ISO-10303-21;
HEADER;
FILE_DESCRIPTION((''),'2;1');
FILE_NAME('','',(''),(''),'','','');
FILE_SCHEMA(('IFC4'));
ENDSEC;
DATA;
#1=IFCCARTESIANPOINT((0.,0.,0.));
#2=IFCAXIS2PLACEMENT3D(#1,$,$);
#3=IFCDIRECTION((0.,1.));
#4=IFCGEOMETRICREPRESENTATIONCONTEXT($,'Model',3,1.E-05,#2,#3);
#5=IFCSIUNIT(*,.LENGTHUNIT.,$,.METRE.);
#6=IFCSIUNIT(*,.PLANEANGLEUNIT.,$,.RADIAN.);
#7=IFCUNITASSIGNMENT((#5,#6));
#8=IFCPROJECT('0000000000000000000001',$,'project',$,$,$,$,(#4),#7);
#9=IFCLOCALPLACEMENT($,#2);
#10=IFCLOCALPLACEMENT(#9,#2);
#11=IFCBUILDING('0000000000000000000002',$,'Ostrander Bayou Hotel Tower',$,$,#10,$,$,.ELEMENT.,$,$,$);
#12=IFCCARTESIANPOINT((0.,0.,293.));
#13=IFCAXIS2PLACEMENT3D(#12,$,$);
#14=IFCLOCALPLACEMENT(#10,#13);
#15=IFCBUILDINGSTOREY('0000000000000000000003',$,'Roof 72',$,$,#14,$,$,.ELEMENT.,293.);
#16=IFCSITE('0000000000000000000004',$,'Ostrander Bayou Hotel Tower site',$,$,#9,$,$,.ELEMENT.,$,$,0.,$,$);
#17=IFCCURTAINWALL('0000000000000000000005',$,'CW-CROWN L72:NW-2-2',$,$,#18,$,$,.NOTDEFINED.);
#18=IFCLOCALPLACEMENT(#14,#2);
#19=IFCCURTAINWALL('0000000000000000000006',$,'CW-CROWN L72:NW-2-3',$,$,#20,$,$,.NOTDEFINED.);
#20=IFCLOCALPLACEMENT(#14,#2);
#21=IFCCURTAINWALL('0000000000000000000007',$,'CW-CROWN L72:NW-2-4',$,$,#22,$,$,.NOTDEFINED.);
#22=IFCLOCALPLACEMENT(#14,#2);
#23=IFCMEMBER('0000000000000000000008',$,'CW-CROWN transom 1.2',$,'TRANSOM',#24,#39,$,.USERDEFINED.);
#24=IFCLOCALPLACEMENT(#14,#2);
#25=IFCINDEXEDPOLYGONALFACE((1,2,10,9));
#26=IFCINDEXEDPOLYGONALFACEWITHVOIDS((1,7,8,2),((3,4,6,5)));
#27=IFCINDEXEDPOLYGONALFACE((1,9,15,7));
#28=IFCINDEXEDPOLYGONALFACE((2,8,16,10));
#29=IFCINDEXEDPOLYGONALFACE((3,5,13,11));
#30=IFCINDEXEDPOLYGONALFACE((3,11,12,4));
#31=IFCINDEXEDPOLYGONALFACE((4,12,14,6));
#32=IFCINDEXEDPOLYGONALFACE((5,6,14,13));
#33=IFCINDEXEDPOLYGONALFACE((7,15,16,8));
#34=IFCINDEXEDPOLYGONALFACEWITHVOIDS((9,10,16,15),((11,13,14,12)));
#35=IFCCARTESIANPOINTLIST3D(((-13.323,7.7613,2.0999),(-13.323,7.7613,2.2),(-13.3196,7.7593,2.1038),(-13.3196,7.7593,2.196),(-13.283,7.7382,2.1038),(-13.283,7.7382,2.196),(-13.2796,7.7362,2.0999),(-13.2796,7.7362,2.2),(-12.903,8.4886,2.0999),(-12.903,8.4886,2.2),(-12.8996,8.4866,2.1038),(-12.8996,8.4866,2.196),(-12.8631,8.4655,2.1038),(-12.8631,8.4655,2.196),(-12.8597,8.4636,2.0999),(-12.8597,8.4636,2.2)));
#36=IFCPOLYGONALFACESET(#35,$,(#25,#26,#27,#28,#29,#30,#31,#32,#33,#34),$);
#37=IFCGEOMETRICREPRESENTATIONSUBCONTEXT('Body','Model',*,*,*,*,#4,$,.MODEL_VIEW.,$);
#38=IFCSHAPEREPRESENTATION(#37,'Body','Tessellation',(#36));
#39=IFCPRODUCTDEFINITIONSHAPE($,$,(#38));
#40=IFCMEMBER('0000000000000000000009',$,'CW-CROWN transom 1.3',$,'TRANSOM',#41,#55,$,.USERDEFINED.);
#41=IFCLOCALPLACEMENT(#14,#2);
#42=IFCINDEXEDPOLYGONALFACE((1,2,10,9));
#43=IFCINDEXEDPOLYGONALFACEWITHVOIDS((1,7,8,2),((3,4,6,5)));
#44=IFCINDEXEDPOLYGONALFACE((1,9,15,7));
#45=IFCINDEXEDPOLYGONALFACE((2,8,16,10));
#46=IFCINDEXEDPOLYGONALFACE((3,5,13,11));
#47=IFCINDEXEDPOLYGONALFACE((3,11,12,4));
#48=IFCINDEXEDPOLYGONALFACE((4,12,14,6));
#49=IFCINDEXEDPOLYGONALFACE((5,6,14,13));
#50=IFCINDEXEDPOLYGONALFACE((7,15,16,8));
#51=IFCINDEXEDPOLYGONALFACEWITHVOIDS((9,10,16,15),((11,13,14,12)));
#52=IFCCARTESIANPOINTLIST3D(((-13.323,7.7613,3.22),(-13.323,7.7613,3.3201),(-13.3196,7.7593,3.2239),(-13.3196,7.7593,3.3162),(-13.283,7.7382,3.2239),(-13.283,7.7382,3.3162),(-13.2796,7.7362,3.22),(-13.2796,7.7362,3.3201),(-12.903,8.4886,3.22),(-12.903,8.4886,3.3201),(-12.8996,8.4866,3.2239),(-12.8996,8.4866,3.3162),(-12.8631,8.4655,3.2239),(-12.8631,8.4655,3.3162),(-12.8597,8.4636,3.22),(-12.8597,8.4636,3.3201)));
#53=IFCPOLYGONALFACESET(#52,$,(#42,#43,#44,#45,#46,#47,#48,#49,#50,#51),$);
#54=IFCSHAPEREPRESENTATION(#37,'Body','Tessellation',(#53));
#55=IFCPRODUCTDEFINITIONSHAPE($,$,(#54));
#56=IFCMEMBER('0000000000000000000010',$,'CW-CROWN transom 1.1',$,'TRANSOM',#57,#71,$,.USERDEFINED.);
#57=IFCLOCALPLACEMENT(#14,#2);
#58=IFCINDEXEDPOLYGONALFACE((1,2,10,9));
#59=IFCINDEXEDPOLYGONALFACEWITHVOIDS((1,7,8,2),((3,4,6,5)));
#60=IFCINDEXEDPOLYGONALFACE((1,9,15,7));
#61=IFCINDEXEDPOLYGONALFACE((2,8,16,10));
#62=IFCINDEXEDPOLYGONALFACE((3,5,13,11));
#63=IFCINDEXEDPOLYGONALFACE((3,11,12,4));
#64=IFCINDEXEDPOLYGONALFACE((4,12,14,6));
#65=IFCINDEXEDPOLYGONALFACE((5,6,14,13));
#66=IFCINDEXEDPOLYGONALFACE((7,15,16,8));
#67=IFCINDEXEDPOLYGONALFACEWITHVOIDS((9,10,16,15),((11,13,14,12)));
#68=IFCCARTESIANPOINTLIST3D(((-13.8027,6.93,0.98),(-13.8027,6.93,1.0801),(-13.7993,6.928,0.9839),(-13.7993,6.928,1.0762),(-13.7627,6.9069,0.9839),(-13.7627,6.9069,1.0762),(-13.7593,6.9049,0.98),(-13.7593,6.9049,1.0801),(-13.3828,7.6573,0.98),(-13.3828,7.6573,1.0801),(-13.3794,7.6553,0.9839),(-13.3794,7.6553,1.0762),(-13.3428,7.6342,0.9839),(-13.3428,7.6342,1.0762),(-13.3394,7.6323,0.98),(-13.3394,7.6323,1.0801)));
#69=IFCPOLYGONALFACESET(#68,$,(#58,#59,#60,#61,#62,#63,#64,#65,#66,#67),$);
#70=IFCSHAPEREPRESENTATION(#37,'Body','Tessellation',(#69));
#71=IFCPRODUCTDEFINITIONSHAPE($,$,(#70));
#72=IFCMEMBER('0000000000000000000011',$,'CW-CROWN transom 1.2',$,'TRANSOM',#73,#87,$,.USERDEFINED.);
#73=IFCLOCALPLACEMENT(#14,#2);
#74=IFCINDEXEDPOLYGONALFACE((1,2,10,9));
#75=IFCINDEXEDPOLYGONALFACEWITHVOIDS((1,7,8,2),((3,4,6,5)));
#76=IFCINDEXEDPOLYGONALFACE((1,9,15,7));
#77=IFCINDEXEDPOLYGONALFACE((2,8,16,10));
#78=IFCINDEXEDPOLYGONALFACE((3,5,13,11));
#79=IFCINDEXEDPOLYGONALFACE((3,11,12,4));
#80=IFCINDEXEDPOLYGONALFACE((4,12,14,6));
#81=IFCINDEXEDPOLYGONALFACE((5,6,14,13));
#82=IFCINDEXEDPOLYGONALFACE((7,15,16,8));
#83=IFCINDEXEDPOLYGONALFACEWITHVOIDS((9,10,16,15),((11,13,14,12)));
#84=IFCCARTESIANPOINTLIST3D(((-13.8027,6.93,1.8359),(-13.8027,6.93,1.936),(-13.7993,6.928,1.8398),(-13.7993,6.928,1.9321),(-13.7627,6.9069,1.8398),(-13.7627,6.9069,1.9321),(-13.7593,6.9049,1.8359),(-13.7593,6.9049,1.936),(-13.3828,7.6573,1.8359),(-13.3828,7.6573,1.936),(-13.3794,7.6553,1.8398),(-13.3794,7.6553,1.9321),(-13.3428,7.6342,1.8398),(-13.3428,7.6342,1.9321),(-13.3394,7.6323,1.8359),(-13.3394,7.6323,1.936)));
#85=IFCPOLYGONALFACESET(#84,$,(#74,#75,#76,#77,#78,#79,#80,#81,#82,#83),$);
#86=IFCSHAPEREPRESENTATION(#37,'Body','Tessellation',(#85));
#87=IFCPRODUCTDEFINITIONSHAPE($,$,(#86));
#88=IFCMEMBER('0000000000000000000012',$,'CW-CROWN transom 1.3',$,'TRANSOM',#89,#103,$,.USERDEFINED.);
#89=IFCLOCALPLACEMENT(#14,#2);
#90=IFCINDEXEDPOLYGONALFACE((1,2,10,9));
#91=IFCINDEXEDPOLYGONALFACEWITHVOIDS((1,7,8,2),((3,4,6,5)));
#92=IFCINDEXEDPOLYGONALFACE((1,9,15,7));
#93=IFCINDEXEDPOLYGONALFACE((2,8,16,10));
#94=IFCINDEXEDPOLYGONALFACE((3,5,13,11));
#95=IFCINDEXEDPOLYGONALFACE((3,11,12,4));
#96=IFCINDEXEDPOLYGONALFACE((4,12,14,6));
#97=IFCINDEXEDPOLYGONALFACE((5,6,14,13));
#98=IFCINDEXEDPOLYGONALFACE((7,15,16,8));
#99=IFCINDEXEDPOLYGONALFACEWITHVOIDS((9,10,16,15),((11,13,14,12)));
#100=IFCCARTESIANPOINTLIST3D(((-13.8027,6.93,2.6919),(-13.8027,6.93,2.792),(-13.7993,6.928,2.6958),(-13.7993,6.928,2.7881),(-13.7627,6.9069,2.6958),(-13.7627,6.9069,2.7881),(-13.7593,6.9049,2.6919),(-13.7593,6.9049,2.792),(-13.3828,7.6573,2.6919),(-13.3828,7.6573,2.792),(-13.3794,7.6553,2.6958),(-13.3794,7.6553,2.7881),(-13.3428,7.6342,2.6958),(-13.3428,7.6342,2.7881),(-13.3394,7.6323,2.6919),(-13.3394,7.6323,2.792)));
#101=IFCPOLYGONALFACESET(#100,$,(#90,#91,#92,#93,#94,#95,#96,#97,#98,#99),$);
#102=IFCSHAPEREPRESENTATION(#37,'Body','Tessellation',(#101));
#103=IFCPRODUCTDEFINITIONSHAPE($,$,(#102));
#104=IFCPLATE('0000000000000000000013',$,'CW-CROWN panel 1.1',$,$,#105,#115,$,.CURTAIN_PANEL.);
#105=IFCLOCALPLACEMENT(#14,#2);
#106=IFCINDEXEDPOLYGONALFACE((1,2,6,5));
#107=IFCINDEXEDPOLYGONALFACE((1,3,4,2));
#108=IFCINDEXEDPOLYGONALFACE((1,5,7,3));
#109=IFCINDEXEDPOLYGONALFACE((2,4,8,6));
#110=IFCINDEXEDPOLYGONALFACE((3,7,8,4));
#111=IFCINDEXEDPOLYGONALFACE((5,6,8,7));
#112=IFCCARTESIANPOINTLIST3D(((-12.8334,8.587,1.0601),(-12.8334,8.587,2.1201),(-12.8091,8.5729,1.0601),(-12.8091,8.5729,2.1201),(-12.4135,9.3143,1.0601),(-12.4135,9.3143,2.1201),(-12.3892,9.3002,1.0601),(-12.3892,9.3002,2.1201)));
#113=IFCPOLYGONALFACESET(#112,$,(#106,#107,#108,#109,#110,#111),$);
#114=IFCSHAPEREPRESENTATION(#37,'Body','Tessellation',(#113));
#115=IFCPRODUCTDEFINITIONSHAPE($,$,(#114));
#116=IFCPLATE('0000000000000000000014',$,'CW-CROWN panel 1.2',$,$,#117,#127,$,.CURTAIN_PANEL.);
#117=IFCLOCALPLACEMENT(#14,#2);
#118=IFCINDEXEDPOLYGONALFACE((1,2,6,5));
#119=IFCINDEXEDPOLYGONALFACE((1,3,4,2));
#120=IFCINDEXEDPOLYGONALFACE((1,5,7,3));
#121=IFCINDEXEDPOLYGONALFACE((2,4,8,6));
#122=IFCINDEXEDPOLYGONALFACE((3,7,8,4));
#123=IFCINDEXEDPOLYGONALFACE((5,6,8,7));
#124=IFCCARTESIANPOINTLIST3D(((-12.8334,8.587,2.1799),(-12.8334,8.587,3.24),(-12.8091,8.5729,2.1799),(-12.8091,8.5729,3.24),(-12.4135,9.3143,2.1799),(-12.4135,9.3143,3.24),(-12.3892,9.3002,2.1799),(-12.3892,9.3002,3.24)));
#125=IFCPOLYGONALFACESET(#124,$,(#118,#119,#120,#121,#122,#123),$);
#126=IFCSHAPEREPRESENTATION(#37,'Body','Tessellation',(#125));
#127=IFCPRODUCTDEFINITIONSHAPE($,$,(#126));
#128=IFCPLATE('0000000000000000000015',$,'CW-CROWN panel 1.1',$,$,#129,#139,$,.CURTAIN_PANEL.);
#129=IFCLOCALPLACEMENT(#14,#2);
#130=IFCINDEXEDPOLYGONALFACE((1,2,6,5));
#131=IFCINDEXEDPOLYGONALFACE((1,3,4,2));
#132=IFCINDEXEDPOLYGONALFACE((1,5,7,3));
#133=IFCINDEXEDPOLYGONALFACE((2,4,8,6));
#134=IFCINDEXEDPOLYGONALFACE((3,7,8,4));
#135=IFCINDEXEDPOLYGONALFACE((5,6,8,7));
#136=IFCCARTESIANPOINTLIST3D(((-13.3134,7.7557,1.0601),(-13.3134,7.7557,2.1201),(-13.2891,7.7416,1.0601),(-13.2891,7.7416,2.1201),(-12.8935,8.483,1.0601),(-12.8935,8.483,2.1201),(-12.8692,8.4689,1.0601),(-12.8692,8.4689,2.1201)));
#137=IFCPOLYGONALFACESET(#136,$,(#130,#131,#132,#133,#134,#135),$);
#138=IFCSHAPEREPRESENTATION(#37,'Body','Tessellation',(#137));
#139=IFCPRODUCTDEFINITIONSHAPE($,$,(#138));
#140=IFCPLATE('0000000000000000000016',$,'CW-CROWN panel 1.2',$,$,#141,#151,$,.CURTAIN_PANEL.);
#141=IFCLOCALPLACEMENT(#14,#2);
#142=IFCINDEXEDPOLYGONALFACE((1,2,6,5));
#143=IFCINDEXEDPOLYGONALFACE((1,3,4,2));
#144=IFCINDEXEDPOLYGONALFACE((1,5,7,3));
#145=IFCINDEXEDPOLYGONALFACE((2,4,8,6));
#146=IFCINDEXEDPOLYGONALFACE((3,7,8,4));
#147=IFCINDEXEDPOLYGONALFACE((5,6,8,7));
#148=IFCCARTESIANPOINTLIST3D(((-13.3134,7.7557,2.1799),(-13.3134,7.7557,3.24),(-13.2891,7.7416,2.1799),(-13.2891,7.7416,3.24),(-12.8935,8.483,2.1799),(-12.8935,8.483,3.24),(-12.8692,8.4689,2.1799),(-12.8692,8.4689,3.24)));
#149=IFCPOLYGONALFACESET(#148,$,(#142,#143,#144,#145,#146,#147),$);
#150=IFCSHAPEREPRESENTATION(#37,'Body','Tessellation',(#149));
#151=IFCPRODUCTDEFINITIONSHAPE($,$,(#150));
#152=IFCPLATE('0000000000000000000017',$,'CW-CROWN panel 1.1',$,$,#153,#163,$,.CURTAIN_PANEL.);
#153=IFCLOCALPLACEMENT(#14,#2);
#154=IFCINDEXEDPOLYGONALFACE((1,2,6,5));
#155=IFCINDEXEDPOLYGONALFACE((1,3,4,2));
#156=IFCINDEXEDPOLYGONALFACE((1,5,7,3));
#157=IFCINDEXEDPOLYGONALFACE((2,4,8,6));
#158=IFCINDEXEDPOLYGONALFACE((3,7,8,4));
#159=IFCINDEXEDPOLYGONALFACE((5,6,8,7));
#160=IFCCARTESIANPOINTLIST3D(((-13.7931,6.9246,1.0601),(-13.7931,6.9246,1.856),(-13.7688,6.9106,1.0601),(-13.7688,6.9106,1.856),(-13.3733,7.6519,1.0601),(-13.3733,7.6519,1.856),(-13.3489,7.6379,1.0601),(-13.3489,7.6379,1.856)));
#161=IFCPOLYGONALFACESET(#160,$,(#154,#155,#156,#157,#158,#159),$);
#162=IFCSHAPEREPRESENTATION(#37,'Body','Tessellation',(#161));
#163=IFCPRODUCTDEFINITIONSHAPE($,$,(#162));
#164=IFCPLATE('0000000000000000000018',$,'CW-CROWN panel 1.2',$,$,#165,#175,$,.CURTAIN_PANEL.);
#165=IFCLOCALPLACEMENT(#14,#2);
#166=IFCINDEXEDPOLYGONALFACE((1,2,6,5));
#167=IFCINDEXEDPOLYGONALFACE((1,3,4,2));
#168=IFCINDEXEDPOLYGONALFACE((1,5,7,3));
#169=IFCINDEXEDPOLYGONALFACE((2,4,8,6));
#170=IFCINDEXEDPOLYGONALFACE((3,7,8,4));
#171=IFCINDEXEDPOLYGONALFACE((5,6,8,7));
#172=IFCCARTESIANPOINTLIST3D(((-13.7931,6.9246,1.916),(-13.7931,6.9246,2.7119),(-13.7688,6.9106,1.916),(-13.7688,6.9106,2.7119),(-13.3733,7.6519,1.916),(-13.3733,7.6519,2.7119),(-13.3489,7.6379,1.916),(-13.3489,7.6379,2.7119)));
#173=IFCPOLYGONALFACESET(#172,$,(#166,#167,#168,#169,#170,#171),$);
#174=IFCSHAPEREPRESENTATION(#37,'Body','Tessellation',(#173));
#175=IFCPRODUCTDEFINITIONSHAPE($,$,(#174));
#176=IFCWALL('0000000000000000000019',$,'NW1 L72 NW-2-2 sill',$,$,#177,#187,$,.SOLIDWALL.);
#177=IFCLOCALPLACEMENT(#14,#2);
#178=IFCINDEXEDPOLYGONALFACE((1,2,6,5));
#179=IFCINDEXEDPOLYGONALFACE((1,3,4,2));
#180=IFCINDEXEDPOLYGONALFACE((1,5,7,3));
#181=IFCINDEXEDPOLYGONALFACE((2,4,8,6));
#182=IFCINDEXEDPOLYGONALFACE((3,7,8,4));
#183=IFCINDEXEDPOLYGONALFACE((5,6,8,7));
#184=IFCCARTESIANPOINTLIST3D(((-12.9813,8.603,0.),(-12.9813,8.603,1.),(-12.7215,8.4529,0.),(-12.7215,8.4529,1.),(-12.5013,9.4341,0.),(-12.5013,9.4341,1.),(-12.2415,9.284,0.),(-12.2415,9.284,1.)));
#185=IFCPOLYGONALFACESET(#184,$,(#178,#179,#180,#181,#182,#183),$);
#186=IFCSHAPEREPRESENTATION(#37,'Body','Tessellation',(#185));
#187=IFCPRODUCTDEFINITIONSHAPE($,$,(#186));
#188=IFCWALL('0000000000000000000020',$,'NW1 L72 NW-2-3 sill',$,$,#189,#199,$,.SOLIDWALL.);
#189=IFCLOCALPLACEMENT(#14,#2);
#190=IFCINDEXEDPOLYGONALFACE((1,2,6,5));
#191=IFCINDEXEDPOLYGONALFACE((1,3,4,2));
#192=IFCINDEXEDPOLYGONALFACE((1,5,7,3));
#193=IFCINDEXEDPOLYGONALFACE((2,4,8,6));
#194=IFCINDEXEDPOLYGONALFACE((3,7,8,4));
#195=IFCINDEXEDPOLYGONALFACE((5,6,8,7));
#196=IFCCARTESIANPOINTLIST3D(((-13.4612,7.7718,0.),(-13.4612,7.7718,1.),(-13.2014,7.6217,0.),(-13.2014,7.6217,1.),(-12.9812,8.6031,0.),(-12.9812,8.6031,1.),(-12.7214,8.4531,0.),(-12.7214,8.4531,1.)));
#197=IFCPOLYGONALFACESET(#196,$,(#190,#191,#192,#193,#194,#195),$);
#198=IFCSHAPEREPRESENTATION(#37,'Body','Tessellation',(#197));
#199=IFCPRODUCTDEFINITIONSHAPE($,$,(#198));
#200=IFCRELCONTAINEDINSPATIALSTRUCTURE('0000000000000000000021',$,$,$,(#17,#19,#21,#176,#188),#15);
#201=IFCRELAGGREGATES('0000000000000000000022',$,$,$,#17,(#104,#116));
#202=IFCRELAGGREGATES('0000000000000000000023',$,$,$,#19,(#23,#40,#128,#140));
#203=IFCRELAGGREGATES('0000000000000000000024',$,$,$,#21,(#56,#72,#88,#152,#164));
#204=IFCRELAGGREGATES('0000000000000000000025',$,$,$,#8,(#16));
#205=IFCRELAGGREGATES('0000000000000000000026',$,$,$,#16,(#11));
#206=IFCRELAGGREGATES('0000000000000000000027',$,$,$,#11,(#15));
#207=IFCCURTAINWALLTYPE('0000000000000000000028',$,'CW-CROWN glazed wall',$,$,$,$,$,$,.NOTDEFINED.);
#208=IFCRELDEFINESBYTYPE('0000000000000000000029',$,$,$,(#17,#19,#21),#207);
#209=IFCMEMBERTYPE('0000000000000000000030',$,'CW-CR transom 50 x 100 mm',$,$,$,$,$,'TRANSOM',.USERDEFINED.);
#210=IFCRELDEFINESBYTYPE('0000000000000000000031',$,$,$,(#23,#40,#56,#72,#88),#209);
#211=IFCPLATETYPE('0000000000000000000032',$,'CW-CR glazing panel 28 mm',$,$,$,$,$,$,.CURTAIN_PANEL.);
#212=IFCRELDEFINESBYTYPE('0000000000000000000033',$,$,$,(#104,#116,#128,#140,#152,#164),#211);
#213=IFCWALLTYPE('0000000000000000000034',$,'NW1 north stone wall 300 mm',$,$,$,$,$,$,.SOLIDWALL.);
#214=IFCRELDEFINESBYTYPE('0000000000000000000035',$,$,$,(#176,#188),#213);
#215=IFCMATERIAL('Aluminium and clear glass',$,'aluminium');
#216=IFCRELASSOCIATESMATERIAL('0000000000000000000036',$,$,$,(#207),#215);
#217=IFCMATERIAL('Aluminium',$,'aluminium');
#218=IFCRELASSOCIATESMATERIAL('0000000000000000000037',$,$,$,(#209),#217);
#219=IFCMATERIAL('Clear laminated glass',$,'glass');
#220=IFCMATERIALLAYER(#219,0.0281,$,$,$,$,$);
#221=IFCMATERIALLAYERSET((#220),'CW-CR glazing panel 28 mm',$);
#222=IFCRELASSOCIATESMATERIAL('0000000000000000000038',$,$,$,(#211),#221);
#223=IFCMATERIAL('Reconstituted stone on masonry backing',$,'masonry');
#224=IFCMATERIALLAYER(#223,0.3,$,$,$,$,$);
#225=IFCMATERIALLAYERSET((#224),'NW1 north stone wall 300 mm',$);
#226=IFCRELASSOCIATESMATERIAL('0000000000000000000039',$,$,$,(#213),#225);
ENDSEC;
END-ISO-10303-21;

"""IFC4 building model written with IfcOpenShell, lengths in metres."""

from ifc_helpers import new_model, si_unit, direction, frame, frame_2d, origin, origin_2d, place, context, subcontext, project, spatial, rectangle, hollow_rectangle, extrude, material, layer, layer_set, material_profile, profile_set, type_object, element, aggregate, save


model = new_model("IFC4")

# Units and contexts
model_context = context("Model", 3, precision=1e-05, world=origin(), true_north=direction((0.0, 1.0)))
body_context = subcontext(model_context, "Body", "Model", "MODEL_VIEW")
ifc_project = project(units=[si_unit("LENGTHUNIT", "METRE"), si_unit("PLANEANGLEUNIT", "RADIAN")], contexts=[model_context])

# Site, building, storey
site_placement = place(None, origin())
site = spatial("IfcSite", under=ifc_project, at=site_placement, Name="Ostrander Bayou Hotel Tower site", CompositionType="ELEMENT", RefElevation=0.0)
building_placement = place(site_placement, origin())
building = spatial("IfcBuilding", under=site, at=building_placement, Name="Ostrander Bayou Hotel Tower", CompositionType="ELEMENT")
storey_placement = place(building_placement, frame((0.0, 0.0, 293.0)))
storey = spatial("IfcBuildingStorey", under=building, at=storey_placement, Name="Roof 72", CompositionType="ELEMENT", Elevation=293.0)

# Curtain walls
ifc_material_1 = material(Name="Aluminium and clear glass", Category="aluminium")
curtain_wall_type = type_object("IfcCurtainWallType", Name="CW-CROWN glazed wall", PredefinedType="NOTDEFINED", material=ifc_material_1)
curtain_wall_1_placement = place(storey_placement, origin())
curtain_wall_1 = element("IfcCurtainWall", 1, at=curtain_wall_1_placement, inside=storey, type_object=curtain_wall_type, Name="CW-CROWN L72:NW-2-2", PredefinedType="NOTDEFINED")
curtain_wall_2_placement = place(storey_placement, origin())
curtain_wall_2 = element("IfcCurtainWall", 2, at=curtain_wall_2_placement, inside=storey, type_object=curtain_wall_type, Name="CW-CROWN L72:NW-2-3", PredefinedType="NOTDEFINED")
curtain_wall_3_placement = place(storey_placement, origin())
curtain_wall_3 = element("IfcCurtainWall", 3, at=curtain_wall_3_placement, inside=storey, type_object=curtain_wall_type, Name="CW-CROWN L72:NW-2-4", PredefinedType="NOTDEFINED")

# Members
ifc_material_2 = material(Name="Aluminium", Category="aluminium")
ifc_material_profile_1 = material_profile(ifc_material_2, hollow_rectangle(XDim=0.05, YDim=0.1001, WallThickness=0.0039, at=origin_2d()))
ifc_profile_set_1 = profile_set([ifc_material_profile_1], Name="Aluminium")
member_type_1 = type_object("IfcMemberType", Name="CW-CR transom 50 x 100 mm", ElementType="TRANSOM", PredefinedType="USERDEFINED", material=ifc_profile_set_1)
member_1_placement = place(storey_placement, frame((-12.8813, 8.4761, 2.1499), z_axis=(-0.500016, -0.866016, 0.0), x_axis=(0.866016, -0.500016, 0.0)))
member_1 = element("IfcMember", 4, at=member_1_placement, type_object=member_type_1, Name="CW-CROWN transom 1.2", ObjectType="TRANSOM", PredefinedType="USERDEFINED", context=body_context, shape_type="SweptSolid", body=[
    extrude(hollow_rectangle(XDim=0.05, YDim=0.1001, WallThickness=0.0039, at=origin_2d()), origin(), (0.0, 0.0, 1.0), 0.8398),
])
member_2_placement = place(storey_placement, frame((-12.8813, 8.4761, 3.27), z_axis=(-0.500016, -0.866016, 0.0), x_axis=(0.866016, -0.500016, 0.0)))
member_2 = element("IfcMember", 5, at=member_2_placement, type_object=member_type_1, Name="CW-CROWN transom 1.3", ObjectType="TRANSOM", PredefinedType="USERDEFINED", context=body_context, shape_type="SweptSolid", body=[
    extrude(hollow_rectangle(XDim=0.05, YDim=0.1001, WallThickness=0.0039, at=origin_2d()), origin(), (0.0, 0.0, 1.0), 0.8398),
])
member_3_placement = place(storey_placement, frame((-13.3611, 7.6448, 1.03), z_axis=(-0.500016, -0.866016, 0.0), x_axis=(0.866016, -0.500016, 0.0)))
member_3 = element("IfcMember", 6, at=member_3_placement, type_object=member_type_1, Name="CW-CROWN transom 1.1", ObjectType="TRANSOM", PredefinedType="USERDEFINED", context=body_context, shape_type="SweptSolid", body=[
    extrude(hollow_rectangle(XDim=0.05, YDim=0.1001, WallThickness=0.0039, at=origin_2d()), origin(), (0.0, 0.0, 1.0), 0.8398),
])
member_4_placement = place(storey_placement, frame((-13.3611, 7.6448, 1.886), z_axis=(-0.500016, -0.866016, 0.0), x_axis=(0.866016, -0.500016, 0.0)))
member_4 = element("IfcMember", 7, at=member_4_placement, type_object=member_type_1, Name="CW-CROWN transom 1.2", ObjectType="TRANSOM", PredefinedType="USERDEFINED", context=body_context, shape_type="SweptSolid", body=[
    extrude(hollow_rectangle(XDim=0.05, YDim=0.1001, WallThickness=0.0039, at=origin_2d()), origin(), (0.0, 0.0, 1.0), 0.8398),
])
member_5_placement = place(storey_placement, frame((-13.3611, 7.6448, 2.7419), z_axis=(-0.500016, -0.866016, 0.0), x_axis=(0.866016, -0.500016, 0.0)))
member_5 = element("IfcMember", 8, at=member_5_placement, type_object=member_type_1, Name="CW-CROWN transom 1.3", ObjectType="TRANSOM", PredefinedType="USERDEFINED", context=body_context, shape_type="SweptSolid", body=[
    extrude(hollow_rectangle(XDim=0.05, YDim=0.1001, WallThickness=0.0039, at=origin_2d()), origin(), (0.0, 0.0, 1.0), 0.8398),
])

# Plates
ifc_material_3 = material(Name="Clear laminated glass", Category="glass")
ifc_layer_1 = layer(ifc_material_3, 0.0281)
ifc_layer_set_1 = layer_set([ifc_layer_1], Name="CW-CR glazing panel 28 mm")
plate_type = type_object("IfcPlateType", Name="CW-CR glazing panel 28 mm", PredefinedType="CURTAIN_PANEL", material=ifc_layer_set_1)
plate_1_placement = place(storey_placement, frame((-12.6113, 8.9436, 1.0601), z_axis=(0.0, 0.0, 1.0), x_axis=(-0.500005, -0.866022, 0.0)))
plate_1 = element("IfcPlate", 9, at=plate_1_placement, type_object=plate_type, Name="CW-CROWN panel 1.1", PredefinedType="CURTAIN_PANEL", context=body_context, shape_type="SweptSolid", body=[
    extrude(rectangle(XDim=0.8398, YDim=0.0281, at=origin_2d()), origin(), (0.0, 0.0, 1.0), 1.0601),
])
plate_2_placement = place(storey_placement, frame((-12.6113, 8.9436, 2.1799), z_axis=(0.0, 0.0, 1.0), x_axis=(-0.500005, -0.866022, 0.0)))
plate_2 = element("IfcPlate", 10, at=plate_2_placement, type_object=plate_type, Name="CW-CROWN panel 1.2", PredefinedType="CURTAIN_PANEL", context=body_context, shape_type="SweptSolid", body=[
    extrude(rectangle(XDim=0.8398, YDim=0.0281, at=origin_2d()), origin(), (0.0, 0.0, 1.0), 1.0601),
])
aggregate(curtain_wall_1, [plate_1, plate_2])
plate_3_placement = place(storey_placement, frame((-13.0913, 8.1123, 1.0601), z_axis=(0.0, 0.0, 1.0), x_axis=(-0.500005, -0.866022, 0.0)))
plate_3 = element("IfcPlate", 11, at=plate_3_placement, type_object=plate_type, Name="CW-CROWN panel 1.1", PredefinedType="CURTAIN_PANEL", context=body_context, shape_type="SweptSolid", body=[
    extrude(rectangle(XDim=0.8398, YDim=0.0281, at=origin_2d()), origin(), (0.0, 0.0, 1.0), 1.0601),
])
plate_4_placement = place(storey_placement, frame((-13.0913, 8.1123, 2.1799), z_axis=(0.0, 0.0, 1.0), x_axis=(-0.500005, -0.866022, 0.0)))
plate_4 = element("IfcPlate", 12, at=plate_4_placement, type_object=plate_type, Name="CW-CROWN panel 1.2", PredefinedType="CURTAIN_PANEL", context=body_context, shape_type="SweptSolid", body=[
    extrude(rectangle(XDim=0.8398, YDim=0.0281, at=origin_2d()), origin(), (0.0, 0.0, 1.0), 1.0601),
])
aggregate(curtain_wall_2, [member_1, member_2, plate_3, plate_4])
plate_5_placement = place(storey_placement, frame((-13.571, 7.2812, 1.0601), z_axis=(0.0, 0.0, 1.0), x_axis=(-0.49996, -0.866049, 0.0)))
plate_5 = element("IfcPlate", 13, at=plate_5_placement, type_object=plate_type, Name="CW-CROWN panel 1.1", PredefinedType="CURTAIN_PANEL", context=body_context, shape_type="SweptSolid", body=[
    extrude(rectangle(XDim=0.8398, YDim=0.0281, at=origin_2d()), origin(), (0.0, 0.0, 1.0), 0.7959),
])
plate_6_placement = place(storey_placement, frame((-13.571, 7.2812, 1.916), z_axis=(0.0, 0.0, 1.0), x_axis=(-0.49996, -0.866049, 0.0)))
plate_6 = element("IfcPlate", 14, at=plate_6_placement, type_object=plate_type, Name="CW-CROWN panel 1.2", PredefinedType="CURTAIN_PANEL", context=body_context, shape_type="SweptSolid", body=[
    extrude(rectangle(XDim=0.8398, YDim=0.0281, at=origin_2d()), origin(), (0.0, 0.0, 1.0), 0.7959),
])
aggregate(curtain_wall_3, [member_3, member_4, member_5, plate_5, plate_6])

# Walls
ifc_material_4 = material(Name="Reconstituted stone on masonry backing", Category="masonry")
ifc_layer_2 = layer(ifc_material_4, 0.3)
ifc_layer_set_2 = layer_set([ifc_layer_2], Name="NW1 north stone wall 300 mm")
wall_type = type_object("IfcWallType", Name="NW1 north stone wall 300 mm", PredefinedType="SOLIDWALL", material=ifc_layer_set_2)
wall_1_placement = place(storey_placement, frame((-12.3713, 9.3591, 0.0), z_axis=(0.0, 0.0, 1.0), x_axis=(-0.500133, -0.865948, 0.0)))
element("IfcWall", 15, at=wall_1_placement, inside=storey, type_object=wall_type, Name="NW1 L72 NW-2-2 sill", PredefinedType="SOLIDWALL", context=body_context, shape_type="SweptSolid", body=[
    extrude(rectangle(XDim=0.9597, YDim=0.3, at=frame_2d((0.48, 0.0))), origin(), (0.0, 0.0, 1.0), 1.0),
])
wall_2_placement = place(storey_placement, frame((-12.8513, 8.5281, 0.0), z_axis=(0.0, 0.0, 1.0), x_axis=(-0.500023, -0.866012, 0.0)))
element("IfcWall", 16, at=wall_2_placement, inside=storey, type_object=wall_type, Name="NW1 L72 NW-2-3 sill", PredefinedType="SOLIDWALL", context=body_context, shape_type="SweptSolid", body=[
    extrude(rectangle(XDim=0.96, YDim=0.3, at=frame_2d((0.48, 0.0))), origin(), (0.0, 0.0, 1.0), 1.0),
])

save(model, "model.ifc")
